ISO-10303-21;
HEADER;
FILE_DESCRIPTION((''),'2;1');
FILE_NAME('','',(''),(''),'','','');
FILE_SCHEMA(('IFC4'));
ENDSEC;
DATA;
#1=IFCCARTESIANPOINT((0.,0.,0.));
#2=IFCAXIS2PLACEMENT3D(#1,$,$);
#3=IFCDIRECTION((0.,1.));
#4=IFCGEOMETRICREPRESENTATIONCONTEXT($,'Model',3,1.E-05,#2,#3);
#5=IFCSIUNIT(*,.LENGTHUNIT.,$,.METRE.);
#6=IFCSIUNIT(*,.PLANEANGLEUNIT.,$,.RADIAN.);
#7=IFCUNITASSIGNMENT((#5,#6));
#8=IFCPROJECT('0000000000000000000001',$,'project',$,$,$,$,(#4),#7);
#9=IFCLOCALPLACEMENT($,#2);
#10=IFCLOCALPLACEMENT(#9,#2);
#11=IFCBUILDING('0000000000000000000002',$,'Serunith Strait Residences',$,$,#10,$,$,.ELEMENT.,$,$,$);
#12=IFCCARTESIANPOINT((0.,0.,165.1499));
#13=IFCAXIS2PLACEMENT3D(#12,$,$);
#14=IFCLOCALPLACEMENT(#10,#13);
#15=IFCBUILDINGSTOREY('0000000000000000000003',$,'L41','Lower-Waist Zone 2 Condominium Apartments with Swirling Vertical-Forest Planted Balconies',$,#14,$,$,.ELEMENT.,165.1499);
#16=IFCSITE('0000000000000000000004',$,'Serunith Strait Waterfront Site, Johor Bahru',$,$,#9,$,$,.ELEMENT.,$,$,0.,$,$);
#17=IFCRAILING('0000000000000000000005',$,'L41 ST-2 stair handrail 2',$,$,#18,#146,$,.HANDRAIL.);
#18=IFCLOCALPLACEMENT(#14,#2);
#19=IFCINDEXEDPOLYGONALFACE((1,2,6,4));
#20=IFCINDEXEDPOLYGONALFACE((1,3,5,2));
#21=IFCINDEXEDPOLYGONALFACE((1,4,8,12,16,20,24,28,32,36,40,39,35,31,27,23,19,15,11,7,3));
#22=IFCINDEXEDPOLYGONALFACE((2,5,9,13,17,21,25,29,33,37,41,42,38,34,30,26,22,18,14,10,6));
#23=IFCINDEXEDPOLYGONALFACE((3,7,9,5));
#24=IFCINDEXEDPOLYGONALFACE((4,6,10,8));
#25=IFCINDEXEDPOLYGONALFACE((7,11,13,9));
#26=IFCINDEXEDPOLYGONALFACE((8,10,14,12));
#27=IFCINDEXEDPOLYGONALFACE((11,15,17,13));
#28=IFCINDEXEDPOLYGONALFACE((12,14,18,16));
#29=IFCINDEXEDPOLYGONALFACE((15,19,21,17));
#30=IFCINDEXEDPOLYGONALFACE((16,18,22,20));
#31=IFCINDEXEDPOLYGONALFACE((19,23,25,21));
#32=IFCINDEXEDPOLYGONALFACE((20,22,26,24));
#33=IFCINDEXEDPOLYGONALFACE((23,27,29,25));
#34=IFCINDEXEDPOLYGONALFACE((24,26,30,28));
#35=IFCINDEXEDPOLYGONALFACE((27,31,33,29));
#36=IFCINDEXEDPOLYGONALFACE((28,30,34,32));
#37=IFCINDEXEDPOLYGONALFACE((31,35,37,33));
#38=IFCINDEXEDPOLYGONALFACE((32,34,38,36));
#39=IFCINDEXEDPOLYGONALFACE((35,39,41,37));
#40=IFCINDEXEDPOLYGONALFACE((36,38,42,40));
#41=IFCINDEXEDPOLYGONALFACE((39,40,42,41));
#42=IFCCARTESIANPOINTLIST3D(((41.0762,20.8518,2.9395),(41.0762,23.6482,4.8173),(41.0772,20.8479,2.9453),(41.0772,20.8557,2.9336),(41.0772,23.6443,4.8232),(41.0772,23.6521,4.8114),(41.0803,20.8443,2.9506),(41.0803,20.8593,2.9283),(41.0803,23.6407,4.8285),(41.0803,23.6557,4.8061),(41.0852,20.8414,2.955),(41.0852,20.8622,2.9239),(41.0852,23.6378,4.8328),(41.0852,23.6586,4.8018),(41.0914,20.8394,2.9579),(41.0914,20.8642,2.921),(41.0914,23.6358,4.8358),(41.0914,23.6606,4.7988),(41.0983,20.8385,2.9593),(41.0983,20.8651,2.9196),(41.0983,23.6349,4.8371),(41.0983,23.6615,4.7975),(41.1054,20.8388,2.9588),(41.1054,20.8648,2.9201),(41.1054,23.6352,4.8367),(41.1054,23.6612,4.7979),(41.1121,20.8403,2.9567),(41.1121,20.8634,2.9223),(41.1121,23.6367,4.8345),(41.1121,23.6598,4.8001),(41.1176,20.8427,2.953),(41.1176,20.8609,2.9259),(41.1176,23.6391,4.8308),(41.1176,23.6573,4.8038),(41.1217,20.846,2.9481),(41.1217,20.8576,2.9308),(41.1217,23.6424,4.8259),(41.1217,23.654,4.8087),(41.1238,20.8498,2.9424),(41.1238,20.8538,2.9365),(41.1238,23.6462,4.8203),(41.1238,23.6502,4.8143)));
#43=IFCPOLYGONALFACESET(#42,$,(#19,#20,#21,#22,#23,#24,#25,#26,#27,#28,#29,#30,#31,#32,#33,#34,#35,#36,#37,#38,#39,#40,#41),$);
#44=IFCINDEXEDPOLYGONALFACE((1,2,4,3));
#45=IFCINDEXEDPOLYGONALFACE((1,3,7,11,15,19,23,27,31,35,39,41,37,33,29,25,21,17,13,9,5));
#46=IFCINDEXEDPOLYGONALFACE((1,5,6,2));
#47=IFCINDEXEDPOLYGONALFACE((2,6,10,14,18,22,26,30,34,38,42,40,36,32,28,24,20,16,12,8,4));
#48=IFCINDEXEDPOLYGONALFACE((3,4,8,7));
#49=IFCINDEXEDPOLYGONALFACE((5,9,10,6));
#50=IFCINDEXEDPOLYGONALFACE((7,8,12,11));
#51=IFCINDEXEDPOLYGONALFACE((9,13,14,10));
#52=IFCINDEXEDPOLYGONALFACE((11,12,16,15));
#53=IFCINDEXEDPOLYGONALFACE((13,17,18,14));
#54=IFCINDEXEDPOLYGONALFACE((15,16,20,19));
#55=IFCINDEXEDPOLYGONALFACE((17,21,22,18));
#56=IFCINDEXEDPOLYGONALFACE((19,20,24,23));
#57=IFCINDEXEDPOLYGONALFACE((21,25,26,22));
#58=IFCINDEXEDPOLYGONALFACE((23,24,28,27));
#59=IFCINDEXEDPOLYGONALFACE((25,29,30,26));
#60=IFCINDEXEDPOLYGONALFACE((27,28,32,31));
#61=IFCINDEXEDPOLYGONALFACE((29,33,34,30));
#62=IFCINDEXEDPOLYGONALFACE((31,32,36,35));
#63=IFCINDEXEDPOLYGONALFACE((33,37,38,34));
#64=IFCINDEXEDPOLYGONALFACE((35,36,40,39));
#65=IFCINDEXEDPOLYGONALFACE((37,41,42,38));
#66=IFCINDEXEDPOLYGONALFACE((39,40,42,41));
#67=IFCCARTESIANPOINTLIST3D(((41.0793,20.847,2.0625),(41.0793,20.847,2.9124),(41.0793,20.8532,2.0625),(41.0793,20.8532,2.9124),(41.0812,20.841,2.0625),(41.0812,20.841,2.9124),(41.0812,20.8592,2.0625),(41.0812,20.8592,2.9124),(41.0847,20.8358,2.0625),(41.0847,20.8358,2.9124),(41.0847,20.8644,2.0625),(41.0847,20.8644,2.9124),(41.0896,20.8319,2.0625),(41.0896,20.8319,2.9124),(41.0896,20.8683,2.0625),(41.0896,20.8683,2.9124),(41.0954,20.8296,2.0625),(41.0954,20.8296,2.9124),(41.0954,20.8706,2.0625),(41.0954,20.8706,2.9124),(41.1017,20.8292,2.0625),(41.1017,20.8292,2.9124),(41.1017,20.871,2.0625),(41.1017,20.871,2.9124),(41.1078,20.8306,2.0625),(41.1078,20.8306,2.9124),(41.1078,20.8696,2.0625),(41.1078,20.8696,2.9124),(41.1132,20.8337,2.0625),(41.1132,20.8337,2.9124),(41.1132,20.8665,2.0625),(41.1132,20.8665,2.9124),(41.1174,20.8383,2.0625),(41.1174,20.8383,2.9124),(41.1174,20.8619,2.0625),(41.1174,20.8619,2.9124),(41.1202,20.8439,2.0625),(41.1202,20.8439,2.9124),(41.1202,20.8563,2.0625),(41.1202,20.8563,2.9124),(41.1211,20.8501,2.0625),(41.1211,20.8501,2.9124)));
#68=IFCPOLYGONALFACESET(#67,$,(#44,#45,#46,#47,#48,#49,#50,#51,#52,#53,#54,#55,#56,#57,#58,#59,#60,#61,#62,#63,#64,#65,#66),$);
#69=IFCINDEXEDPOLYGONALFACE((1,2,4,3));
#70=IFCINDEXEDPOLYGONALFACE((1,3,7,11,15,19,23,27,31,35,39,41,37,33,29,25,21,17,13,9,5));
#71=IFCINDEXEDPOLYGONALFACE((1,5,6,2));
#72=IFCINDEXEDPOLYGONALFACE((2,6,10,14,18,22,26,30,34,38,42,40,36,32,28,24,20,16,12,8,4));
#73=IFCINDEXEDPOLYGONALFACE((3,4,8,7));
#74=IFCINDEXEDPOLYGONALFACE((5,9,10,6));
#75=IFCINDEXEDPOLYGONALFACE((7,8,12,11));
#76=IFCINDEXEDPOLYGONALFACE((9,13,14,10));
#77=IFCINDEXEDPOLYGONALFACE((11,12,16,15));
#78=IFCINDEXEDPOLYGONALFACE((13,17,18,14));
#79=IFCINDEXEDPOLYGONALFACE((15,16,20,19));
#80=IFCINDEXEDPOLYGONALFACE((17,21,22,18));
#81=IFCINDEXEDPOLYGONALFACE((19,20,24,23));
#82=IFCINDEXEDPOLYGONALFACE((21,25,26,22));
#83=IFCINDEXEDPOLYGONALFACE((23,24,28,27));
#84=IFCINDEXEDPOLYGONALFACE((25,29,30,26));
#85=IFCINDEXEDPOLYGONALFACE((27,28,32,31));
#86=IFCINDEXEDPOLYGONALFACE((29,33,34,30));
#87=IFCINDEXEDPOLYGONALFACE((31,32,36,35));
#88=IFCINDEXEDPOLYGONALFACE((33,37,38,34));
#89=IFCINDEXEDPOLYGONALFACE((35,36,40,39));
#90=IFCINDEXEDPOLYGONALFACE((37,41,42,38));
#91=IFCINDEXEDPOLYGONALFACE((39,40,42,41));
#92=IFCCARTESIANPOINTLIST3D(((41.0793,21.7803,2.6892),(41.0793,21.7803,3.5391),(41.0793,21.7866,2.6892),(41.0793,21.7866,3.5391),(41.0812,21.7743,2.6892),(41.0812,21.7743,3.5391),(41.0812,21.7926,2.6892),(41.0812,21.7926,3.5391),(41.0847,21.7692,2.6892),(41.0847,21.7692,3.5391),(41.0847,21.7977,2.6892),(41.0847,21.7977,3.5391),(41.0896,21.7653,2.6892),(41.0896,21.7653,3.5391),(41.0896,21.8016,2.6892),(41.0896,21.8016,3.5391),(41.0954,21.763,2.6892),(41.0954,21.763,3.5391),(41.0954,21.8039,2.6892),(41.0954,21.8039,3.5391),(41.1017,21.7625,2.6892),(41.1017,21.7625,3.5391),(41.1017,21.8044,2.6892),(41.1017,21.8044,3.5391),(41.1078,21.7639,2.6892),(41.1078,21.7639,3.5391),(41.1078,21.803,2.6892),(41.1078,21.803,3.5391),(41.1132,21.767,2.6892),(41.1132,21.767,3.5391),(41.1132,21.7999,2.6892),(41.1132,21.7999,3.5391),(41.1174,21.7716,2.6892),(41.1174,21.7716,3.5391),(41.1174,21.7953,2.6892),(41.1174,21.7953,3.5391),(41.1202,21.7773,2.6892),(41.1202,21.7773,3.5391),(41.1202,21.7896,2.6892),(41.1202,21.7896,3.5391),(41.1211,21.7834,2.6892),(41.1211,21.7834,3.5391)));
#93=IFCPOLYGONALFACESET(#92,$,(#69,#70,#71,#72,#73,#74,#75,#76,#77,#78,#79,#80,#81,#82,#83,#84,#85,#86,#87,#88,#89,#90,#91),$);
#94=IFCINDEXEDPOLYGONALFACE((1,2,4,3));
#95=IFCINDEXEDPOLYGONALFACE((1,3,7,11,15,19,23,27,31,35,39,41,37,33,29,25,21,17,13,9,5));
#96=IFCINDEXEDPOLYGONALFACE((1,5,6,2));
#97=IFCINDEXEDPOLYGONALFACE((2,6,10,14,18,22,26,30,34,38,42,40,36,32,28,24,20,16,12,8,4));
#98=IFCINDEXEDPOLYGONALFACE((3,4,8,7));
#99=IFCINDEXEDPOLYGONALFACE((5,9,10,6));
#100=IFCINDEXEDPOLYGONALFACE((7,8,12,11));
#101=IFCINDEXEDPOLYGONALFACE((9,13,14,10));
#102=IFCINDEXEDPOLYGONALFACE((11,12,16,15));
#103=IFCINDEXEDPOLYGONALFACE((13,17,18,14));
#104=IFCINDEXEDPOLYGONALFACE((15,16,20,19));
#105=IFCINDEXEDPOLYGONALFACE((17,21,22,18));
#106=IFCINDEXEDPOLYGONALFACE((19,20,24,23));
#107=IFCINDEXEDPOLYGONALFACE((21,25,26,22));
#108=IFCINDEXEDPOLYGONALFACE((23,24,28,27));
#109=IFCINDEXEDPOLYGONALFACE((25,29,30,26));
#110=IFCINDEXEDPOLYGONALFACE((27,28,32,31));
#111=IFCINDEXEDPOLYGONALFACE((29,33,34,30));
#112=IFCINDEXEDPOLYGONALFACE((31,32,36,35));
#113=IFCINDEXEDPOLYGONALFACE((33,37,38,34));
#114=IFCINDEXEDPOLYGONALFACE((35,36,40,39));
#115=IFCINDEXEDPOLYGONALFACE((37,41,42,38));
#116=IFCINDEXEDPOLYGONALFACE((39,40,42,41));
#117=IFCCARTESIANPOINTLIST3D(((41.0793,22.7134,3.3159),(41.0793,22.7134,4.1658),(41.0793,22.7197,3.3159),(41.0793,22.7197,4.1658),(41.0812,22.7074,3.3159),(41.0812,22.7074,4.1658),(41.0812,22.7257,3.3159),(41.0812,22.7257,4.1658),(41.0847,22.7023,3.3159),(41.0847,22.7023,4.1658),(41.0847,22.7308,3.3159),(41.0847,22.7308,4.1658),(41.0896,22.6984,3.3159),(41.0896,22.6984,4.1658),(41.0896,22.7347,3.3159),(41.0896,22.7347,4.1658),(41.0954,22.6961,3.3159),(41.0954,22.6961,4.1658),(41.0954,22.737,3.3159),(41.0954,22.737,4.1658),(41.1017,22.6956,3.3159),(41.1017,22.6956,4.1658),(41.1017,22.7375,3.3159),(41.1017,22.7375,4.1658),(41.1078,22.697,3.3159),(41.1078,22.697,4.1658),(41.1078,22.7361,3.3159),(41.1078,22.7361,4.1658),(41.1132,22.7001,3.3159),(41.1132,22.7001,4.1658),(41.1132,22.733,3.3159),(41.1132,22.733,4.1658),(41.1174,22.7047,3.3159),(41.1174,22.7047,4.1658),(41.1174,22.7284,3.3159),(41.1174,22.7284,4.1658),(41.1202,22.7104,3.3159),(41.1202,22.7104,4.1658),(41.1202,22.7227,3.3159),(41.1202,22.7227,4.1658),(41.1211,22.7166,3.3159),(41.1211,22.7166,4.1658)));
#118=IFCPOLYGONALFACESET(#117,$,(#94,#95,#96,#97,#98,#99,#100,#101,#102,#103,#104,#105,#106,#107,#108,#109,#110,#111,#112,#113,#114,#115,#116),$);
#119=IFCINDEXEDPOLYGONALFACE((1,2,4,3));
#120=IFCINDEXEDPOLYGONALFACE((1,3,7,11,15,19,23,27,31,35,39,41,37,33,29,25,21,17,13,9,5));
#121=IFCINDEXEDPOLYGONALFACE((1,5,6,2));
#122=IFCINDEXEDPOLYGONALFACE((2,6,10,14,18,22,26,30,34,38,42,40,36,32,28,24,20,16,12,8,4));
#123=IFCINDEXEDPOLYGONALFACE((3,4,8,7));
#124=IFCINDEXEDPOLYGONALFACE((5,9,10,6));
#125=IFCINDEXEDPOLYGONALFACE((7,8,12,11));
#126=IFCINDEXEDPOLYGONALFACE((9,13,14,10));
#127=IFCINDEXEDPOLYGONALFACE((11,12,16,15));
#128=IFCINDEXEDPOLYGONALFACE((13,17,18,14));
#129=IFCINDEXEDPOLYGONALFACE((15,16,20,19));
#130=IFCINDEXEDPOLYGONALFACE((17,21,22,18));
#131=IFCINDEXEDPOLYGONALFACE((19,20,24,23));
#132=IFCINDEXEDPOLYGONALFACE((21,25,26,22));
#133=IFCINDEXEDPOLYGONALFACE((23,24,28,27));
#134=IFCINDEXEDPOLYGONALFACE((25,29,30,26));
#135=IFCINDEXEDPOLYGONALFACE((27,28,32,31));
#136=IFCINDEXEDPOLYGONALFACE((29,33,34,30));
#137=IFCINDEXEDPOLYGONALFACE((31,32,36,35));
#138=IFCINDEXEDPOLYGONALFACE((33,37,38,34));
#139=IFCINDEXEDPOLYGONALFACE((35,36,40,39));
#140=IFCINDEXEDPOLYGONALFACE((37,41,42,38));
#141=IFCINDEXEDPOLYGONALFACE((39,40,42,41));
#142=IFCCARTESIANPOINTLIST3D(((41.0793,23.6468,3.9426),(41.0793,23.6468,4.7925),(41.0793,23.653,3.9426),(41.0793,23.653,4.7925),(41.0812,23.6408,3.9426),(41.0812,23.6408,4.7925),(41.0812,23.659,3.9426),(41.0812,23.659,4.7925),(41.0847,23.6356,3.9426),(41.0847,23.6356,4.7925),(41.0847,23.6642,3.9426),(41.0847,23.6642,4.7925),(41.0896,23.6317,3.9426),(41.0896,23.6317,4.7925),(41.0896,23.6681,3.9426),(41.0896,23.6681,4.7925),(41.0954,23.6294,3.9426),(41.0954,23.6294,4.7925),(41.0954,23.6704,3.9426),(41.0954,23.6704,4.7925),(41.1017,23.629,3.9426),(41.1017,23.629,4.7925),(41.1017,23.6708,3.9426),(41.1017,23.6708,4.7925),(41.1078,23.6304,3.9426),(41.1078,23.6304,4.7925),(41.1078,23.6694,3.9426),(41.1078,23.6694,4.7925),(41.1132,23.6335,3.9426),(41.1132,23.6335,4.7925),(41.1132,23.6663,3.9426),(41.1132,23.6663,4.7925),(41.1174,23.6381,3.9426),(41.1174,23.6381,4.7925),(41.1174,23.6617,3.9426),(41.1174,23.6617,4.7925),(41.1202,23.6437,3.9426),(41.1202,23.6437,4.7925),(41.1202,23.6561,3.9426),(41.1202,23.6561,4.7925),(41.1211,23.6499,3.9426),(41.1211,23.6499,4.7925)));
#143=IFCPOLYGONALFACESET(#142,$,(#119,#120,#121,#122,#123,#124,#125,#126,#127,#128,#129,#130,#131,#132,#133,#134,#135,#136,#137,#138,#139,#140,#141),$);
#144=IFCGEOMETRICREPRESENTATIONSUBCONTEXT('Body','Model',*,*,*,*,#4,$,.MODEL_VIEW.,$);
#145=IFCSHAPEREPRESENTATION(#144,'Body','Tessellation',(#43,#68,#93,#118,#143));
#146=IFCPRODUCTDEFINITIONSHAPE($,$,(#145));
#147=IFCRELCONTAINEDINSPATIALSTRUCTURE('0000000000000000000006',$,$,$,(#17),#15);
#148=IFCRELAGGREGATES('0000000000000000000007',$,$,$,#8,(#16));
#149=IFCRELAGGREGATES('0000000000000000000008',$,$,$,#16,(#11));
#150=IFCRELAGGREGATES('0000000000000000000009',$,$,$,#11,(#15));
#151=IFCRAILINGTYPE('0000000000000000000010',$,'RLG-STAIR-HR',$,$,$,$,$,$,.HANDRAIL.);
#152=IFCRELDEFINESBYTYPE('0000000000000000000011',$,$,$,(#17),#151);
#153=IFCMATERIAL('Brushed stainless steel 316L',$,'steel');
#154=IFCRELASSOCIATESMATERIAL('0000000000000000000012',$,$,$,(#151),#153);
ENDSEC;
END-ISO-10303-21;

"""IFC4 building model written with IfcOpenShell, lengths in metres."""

from ifc_helpers import new_model, si_unit, direction, frame, origin, origin_2d, place, context, subcontext, project, spatial, circle, extrude, material, type_object, element, save


model = new_model("IFC4")

# Units and contexts
model_context = context("Model", 3, precision=1e-05, world=origin(), true_north=direction((0.0, 1.0)))
body_context = subcontext(model_context, "Body", "Model", "MODEL_VIEW")
ifc_project = project(units=[si_unit("LENGTHUNIT", "METRE"), si_unit("PLANEANGLEUNIT", "RADIAN")], contexts=[model_context])

# Site, building, storey
site_placement = place(None, origin())
site = spatial("IfcSite", under=ifc_project, at=site_placement, Name="Serunith Strait Waterfront Site, Johor Bahru", CompositionType="ELEMENT", RefElevation=0.0)
building_placement = place(site_placement, origin())
building = spatial("IfcBuilding", under=site, at=building_placement, Name="Serunith Strait Residences", CompositionType="ELEMENT")
storey_placement = place(building_placement, frame((0.0, 0.0, 165.1499)))
storey = spatial("IfcBuildingStorey", under=building, at=storey_placement, Name="L41", Description="Lower-Waist Zone 2 Condominium Apartments with Swirling Vertical-Forest Planted Balconies", CompositionType="ELEMENT", Elevation=165.1499)

# Railing
ifc_material_1 = material(Name="Brushed stainless steel 316L", Category="steel")
railing_type_1 = type_object("IfcRailingType", Name="RLG-STAIR-HR", PredefinedType="HANDRAIL", material=ifc_material_1)
railing_1_placement = place(storey_placement, frame((41.1001, 20.8501, 2.0625)))
element("IfcRailing", 1, at=railing_1_placement, inside=storey, type_object=railing_type_1, Name="L41 ST-2 stair handrail 2", PredefinedType="HANDRAIL", context=body_context, shape_type="SweptSolid", body=[
    extrude(circle(Radius=0.0239, at=origin_2d()), frame((0.0, 0.0017, 0.877), z_axis=(0.0, 0.830186, 0.557487), x_axis=(-1.0, 0.0, 0.0)), (0.0, 0.0, 1.0), 3.3684),
    extrude(circle(Radius=0.021, at=origin_2d()), origin(), (0.0, 0.0, 1.0), 0.8499),
    extrude(circle(Radius=0.021, at=origin_2d()), frame((0.0, 0.9333, 0.6267)), (0.0, 0.0, 1.0), 0.8499),
    extrude(circle(Radius=0.021, at=origin_2d()), frame((0.0, 1.8665, 1.2534)), (0.0, 0.0, 1.0), 0.8499),
    extrude(circle(Radius=0.021, at=origin_2d()), frame((0.0, 2.7998, 1.8801)), (0.0, 0.0, 1.0), 0.8499),
])

save(model, "model.ifc")
